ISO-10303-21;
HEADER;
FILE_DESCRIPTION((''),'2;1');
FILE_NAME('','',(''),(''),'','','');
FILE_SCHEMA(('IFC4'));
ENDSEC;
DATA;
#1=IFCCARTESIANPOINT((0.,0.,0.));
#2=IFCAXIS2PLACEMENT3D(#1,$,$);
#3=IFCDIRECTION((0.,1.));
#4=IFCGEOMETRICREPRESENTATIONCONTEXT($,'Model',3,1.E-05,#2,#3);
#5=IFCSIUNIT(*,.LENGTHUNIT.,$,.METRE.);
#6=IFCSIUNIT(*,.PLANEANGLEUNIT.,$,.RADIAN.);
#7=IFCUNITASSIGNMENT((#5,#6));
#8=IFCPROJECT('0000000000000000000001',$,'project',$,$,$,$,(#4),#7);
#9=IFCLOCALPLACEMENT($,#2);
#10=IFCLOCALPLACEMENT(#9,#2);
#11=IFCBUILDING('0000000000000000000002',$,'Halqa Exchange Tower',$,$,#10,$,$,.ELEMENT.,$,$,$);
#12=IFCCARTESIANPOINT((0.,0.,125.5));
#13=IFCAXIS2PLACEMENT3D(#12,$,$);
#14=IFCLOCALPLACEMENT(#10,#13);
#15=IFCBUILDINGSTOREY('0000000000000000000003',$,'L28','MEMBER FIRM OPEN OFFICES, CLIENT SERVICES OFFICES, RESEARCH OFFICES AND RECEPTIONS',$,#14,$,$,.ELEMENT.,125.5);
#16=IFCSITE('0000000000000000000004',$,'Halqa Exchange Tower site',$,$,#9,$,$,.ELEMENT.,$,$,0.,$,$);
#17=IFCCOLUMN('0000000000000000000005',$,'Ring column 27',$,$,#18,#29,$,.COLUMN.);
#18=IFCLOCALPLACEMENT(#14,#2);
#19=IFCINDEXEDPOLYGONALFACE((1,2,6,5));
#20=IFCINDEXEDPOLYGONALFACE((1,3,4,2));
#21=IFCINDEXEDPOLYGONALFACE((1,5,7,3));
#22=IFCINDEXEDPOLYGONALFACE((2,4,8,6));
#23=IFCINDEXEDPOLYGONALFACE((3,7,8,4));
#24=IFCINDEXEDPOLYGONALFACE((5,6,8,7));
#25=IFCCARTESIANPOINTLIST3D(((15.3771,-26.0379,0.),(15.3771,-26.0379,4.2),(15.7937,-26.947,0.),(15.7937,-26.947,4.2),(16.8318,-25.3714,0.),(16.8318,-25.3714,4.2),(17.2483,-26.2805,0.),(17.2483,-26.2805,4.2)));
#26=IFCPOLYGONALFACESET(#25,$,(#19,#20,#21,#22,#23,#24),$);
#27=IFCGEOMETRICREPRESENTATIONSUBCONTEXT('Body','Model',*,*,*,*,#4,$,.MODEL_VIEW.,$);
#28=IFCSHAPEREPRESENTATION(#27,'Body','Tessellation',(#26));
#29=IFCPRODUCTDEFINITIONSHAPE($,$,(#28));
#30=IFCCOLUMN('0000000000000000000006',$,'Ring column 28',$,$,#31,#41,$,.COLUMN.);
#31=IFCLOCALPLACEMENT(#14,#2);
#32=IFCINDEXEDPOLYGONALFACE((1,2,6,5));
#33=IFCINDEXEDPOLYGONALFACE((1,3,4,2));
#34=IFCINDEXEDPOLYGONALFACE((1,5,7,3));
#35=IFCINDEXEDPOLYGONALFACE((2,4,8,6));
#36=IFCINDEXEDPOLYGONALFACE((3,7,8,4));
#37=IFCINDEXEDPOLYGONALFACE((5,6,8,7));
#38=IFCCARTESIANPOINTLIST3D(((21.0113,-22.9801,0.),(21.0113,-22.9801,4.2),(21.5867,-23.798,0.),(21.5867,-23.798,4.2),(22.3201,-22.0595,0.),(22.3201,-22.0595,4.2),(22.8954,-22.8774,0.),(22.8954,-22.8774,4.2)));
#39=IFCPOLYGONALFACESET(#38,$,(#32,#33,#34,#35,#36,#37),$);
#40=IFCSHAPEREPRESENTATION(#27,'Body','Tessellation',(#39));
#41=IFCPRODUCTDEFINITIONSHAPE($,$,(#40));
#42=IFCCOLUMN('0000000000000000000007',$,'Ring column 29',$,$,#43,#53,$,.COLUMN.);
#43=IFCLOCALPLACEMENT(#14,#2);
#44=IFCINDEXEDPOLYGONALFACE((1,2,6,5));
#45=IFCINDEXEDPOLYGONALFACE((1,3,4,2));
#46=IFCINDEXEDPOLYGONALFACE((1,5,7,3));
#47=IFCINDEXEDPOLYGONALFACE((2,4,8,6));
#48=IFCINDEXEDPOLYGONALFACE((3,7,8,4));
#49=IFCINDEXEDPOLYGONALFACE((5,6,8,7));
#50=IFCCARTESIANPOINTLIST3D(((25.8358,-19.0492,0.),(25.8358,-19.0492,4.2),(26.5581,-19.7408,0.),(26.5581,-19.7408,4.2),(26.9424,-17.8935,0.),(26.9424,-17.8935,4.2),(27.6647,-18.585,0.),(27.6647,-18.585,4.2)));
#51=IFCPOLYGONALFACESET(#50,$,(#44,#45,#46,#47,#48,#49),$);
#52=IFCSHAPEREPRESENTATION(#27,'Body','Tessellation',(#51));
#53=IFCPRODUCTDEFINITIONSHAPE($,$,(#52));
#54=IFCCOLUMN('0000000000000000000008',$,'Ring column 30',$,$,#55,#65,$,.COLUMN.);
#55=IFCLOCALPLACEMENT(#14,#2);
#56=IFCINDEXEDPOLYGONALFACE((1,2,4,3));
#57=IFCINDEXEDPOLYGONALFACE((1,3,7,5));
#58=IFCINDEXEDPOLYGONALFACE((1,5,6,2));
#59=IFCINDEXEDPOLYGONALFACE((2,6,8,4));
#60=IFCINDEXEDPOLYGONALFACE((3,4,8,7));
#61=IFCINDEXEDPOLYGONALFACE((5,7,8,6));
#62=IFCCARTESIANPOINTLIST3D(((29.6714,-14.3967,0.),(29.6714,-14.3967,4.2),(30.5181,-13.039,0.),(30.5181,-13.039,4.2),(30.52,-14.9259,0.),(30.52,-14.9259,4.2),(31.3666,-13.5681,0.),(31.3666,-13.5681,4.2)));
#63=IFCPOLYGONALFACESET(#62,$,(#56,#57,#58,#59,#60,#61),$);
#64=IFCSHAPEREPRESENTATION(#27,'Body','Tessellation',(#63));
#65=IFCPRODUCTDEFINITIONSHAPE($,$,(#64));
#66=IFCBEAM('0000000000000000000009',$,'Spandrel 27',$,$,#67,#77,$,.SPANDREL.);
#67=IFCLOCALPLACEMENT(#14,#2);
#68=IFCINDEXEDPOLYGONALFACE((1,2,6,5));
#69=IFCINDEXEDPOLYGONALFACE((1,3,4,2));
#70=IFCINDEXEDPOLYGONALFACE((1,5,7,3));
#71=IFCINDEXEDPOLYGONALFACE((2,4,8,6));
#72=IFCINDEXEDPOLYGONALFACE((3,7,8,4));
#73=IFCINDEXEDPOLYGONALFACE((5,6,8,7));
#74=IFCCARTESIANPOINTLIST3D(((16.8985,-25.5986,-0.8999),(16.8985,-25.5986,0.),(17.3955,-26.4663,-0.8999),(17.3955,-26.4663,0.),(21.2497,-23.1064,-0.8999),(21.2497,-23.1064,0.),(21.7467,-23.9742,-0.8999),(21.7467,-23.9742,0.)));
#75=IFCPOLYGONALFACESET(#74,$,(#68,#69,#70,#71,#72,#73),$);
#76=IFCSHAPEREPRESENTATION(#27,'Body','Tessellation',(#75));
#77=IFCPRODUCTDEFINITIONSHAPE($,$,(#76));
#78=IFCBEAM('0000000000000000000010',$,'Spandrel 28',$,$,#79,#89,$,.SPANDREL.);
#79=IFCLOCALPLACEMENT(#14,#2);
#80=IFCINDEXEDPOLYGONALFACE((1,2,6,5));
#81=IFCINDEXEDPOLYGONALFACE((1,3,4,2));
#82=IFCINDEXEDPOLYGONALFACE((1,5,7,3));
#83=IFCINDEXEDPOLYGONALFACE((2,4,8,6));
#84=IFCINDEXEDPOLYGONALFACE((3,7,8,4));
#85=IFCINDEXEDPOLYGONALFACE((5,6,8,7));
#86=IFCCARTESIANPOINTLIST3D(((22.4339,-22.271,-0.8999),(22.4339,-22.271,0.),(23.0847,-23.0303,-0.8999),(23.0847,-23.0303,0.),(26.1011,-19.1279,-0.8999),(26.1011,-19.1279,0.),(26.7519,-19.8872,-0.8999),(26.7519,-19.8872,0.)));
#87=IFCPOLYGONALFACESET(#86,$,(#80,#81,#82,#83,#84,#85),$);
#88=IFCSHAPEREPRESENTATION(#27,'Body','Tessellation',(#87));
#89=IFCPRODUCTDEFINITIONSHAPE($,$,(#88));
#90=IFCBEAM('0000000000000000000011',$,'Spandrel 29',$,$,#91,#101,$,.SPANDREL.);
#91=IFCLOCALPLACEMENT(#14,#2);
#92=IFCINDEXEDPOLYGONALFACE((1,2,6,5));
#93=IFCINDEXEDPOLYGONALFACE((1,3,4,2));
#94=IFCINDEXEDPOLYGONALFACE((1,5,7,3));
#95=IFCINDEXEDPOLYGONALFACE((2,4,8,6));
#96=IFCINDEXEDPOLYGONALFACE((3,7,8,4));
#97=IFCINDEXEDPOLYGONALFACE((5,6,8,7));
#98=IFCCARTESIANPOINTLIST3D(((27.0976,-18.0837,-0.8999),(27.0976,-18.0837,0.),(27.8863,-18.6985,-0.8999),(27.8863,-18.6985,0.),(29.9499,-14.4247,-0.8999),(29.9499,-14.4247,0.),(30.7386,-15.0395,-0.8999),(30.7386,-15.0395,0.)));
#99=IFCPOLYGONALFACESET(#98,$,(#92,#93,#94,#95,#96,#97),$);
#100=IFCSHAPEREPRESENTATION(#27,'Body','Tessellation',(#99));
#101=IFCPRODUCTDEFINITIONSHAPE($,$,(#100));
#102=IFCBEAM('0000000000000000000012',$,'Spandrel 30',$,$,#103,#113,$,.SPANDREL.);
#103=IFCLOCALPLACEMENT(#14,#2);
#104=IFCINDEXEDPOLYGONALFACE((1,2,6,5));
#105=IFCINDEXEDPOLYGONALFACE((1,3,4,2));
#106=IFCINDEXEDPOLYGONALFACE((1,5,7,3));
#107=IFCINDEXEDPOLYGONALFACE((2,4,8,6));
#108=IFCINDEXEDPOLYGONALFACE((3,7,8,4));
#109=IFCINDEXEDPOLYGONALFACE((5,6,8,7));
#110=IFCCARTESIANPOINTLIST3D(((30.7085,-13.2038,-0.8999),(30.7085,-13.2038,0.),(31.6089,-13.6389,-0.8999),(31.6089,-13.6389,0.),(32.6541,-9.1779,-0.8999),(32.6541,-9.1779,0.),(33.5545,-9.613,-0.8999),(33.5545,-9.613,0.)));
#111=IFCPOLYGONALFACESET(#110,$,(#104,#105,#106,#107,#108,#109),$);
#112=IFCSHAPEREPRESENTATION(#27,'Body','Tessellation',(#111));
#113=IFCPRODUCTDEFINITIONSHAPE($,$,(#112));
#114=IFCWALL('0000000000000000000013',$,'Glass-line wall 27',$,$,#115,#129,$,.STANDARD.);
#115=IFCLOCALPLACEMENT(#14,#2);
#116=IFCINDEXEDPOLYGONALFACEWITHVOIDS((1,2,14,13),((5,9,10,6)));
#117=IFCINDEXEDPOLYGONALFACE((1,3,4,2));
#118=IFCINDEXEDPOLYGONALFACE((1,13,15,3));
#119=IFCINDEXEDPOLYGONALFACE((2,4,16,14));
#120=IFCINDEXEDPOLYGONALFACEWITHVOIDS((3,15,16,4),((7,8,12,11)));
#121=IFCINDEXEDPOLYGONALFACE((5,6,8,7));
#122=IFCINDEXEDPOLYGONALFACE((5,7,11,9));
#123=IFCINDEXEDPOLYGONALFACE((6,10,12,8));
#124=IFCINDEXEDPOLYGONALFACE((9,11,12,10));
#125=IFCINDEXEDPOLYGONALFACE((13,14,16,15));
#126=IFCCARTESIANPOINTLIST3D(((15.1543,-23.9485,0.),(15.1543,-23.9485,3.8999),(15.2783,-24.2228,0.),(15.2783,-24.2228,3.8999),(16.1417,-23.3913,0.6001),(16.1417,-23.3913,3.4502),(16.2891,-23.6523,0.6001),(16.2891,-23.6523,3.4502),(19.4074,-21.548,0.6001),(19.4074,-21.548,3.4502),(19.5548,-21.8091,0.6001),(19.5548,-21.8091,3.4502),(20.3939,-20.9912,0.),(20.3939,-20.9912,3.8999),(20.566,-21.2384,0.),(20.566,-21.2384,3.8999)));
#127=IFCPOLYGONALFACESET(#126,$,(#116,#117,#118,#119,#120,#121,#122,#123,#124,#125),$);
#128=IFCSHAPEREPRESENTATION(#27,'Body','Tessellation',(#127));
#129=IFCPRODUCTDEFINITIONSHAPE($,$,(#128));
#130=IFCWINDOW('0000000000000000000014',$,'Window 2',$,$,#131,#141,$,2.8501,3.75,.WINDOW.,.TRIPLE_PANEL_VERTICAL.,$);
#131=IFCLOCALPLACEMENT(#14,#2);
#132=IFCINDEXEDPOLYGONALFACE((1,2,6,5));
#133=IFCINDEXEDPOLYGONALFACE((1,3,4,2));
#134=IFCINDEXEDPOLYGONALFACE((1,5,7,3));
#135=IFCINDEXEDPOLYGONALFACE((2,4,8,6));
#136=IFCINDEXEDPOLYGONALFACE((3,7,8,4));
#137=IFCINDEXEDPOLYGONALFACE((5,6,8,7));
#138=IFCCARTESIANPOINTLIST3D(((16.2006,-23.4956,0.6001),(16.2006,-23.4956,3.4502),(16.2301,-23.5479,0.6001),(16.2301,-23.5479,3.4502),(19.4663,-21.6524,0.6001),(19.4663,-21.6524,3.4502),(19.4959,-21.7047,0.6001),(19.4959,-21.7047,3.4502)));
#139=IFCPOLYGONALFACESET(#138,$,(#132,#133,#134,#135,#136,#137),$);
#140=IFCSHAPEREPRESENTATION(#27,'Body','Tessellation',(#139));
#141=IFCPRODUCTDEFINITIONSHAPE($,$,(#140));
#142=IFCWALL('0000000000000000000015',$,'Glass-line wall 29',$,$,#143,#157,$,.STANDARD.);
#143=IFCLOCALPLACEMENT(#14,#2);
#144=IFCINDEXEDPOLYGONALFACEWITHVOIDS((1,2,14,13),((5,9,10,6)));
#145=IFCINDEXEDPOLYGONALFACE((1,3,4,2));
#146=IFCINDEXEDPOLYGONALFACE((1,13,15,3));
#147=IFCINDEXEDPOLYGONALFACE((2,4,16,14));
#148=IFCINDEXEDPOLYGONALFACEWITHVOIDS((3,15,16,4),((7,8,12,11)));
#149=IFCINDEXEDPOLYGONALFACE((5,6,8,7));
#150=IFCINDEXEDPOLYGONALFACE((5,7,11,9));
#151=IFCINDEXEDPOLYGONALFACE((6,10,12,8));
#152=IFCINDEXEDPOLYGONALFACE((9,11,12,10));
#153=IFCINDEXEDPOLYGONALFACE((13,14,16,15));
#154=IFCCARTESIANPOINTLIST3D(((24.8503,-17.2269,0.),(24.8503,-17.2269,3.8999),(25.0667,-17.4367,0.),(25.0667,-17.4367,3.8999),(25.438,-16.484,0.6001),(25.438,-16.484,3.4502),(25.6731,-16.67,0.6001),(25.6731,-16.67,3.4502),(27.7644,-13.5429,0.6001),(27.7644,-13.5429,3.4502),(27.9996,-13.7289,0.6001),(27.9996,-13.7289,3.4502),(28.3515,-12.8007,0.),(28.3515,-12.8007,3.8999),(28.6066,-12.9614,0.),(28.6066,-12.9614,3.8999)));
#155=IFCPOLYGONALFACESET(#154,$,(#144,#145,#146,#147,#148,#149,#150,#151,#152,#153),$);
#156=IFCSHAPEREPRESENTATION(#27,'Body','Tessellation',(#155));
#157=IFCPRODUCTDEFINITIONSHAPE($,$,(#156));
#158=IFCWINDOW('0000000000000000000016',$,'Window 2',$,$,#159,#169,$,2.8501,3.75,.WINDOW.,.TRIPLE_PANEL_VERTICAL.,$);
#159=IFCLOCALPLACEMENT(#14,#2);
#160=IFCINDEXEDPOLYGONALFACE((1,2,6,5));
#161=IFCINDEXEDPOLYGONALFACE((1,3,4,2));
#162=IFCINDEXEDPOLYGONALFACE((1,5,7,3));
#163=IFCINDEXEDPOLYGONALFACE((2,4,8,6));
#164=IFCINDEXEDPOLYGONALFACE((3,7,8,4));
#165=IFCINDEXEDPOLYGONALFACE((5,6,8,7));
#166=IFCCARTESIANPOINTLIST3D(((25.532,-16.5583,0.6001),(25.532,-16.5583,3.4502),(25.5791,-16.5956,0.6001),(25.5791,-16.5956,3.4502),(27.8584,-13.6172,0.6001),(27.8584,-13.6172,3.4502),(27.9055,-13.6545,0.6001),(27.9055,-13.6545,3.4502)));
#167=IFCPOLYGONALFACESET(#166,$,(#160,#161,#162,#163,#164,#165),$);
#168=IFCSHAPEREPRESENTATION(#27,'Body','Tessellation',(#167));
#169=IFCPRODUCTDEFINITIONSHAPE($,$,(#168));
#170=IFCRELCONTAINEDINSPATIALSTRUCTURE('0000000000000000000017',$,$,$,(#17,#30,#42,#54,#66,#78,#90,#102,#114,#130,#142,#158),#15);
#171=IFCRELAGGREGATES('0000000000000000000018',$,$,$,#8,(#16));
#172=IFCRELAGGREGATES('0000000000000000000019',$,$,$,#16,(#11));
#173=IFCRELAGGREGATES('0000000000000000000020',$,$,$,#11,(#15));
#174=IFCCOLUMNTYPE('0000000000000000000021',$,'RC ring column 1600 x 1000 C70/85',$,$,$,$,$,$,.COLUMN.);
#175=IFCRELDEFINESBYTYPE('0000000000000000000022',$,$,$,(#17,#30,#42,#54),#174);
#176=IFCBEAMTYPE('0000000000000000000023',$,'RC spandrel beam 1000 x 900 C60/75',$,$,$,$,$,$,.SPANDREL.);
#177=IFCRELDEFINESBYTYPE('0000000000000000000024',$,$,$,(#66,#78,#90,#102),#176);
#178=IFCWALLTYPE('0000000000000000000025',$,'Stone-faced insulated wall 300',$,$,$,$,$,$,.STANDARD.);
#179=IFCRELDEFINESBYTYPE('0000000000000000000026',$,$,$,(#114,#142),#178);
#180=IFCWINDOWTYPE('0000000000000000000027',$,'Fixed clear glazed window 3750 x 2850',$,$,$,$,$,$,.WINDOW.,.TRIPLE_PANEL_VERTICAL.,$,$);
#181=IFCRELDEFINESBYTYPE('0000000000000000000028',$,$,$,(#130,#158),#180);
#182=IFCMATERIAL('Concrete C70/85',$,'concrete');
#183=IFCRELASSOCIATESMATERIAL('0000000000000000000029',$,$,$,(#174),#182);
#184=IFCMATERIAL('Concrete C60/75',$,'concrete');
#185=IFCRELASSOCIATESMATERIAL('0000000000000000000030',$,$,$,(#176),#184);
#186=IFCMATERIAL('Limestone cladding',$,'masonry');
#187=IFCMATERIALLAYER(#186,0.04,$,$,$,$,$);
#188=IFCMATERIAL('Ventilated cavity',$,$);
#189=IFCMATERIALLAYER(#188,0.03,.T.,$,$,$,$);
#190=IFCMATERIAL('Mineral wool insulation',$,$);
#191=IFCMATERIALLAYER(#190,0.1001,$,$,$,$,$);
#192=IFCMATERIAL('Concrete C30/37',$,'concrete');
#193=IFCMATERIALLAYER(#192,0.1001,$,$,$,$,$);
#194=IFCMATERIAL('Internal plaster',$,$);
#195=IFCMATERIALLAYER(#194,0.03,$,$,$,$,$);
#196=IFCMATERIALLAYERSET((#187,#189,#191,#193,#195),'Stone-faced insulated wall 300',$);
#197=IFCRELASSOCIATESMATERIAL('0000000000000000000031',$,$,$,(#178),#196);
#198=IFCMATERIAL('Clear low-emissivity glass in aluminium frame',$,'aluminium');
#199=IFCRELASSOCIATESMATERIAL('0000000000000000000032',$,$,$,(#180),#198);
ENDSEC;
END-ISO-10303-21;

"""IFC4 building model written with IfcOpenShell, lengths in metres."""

from ifc_helpers import new_model, si_unit, direction, frame, frame_2d, origin, origin_2d, place, context, subcontext, project, spatial, polyline, rectangle, outline, extrude, material, layer, layer_set, material_profile, profile_set, type_object, element, fill, save


model = new_model("IFC4")

# Units and contexts
model_context = context("Model", 3, precision=1e-05, world=origin(), true_north=direction((0.0, 1.0)))
body_context = subcontext(model_context, "Body", "Model", "MODEL_VIEW")
ifc_project = project(units=[si_unit("LENGTHUNIT", "METRE"), si_unit("PLANEANGLEUNIT", "RADIAN")], contexts=[model_context])

# Site, building, storey
site_placement = place(None, origin())
site = spatial("IfcSite", under=ifc_project, at=site_placement, Name="Halqa Exchange Tower site", CompositionType="ELEMENT", RefElevation=0.0)
building_placement = place(site_placement, origin())
building = spatial("IfcBuilding", under=site, at=building_placement, Name="Halqa Exchange Tower", CompositionType="ELEMENT")
storey_placement = place(building_placement, frame((0.0, 0.0, 125.5)))
storey = spatial("IfcBuildingStorey", under=building, at=storey_placement, Name="L28", Description="MEMBER FIRM OPEN OFFICES, CLIENT SERVICES OFFICES, RESEARCH OFFICES AND RECEPTIONS", CompositionType="ELEMENT", Elevation=125.5)

# Columns
ifc_material_1 = material(Name="Concrete C70/85", Category="concrete")
ifc_material_profile_1 = material_profile(ifc_material_1, rectangle(XDim=1.6001, YDim=1.0, at=origin_2d()), Name="1600 x 1000")
ifc_profile_set_1 = profile_set([ifc_material_profile_1], Name="Concrete C70/85")
column_type = type_object("IfcColumnType", Name="RC ring column 1600 x 1000 C70/85", PredefinedType="COLUMN", material=ifc_profile_set_1)
for number, where, z_axis, x_axis, name in (
    (1, (16.3127, -26.1592, 0.0), (0.0, 0.0, 1.0), (0.909126, 0.41652, 0.0), "Ring column 27"),
    (2, (21.9534, -22.9287, 0.0), (0.0, 0.0, 1.0), (0.81791, 0.575346, 0.0), "Ring column 28"),
    (3, (26.7502, -18.8171, 0.0), (0.0, 0.0, 1.0), (0.691571, 0.722308, 0.0), "Ring column 29"),
    (4, (30.519, -13.9824, 0.0), (0.0, 0.0, 1.0), (0.529138, 0.848536, 0.0), "Ring column 30"),
):
    element("IfcColumn", number, at=place(storey_placement, frame(where, z_axis=z_axis, x_axis=x_axis)), inside=storey, type_object=column_type, Name=name, PredefinedType="COLUMN", context=body_context, shape_type="SweptSolid", body=[
        extrude(rectangle(XDim=1.6001, YDim=1.0, at=origin_2d()), origin(), (0.0, 0.0, 1.0), 4.2),
    ])

# Beams
ifc_material_2 = material(Name="Concrete C60/75", Category="concrete")
ifc_material_profile_2 = material_profile(ifc_material_2, rectangle(XDim=1.0, YDim=0.8999, at=origin_2d()), Name="1000 x 900")
ifc_profile_set_2 = profile_set([ifc_material_profile_2], Name="Concrete C60/75")
beam_type = type_object("IfcBeamType", Name="RC spandrel beam 1000 x 900 C60/75", PredefinedType="SPANDREL", material=ifc_profile_set_2)
beam_1_placement = place(storey_placement, frame((17.147, -26.0325, -0.45), z_axis=(0.867751, 0.496999, 0.0), x_axis=(-0.496999, 0.867751, 0.0)))
element("IfcBeam", 5, at=beam_1_placement, inside=storey, type_object=beam_type, Name="Spandrel 27", PredefinedType="SPANDREL", context=body_context, shape_type="SweptSolid", body=[
    extrude(rectangle(XDim=1.0, YDim=0.8999, at=origin_2d()), origin(), (0.0, 0.0, 1.0), 5.0144),
])
beam_2_placement = place(storey_placement, frame((22.7593, -22.6506, -0.45), z_axis=(0.759285, 0.650758, 0.0), x_axis=(-0.650758, 0.759285, 0.0)))
element("IfcBeam", 6, at=beam_2_placement, inside=storey, type_object=beam_type, Name="Spandrel 28", PredefinedType="SPANDREL", context=body_context, shape_type="SweptSolid", body=[
    extrude(rectangle(XDim=1.0, YDim=0.8999, at=origin_2d()), origin(), (0.0, 0.0, 1.0), 4.8298),
])
beam_3_placement = place(storey_placement, frame((27.4919, -18.3911, -0.45), z_axis=(0.614807, 0.788677, 0.0), x_axis=(-0.788677, 0.614807, 0.0)))
element("IfcBeam", 7, at=beam_3_placement, inside=storey, type_object=beam_type, Name="Spandrel 29", PredefinedType="SPANDREL", context=body_context, shape_type="SweptSolid", body=[
    extrude(rectangle(XDim=1.0, YDim=0.8999, at=origin_2d()), origin(), (0.0, 0.0, 1.0), 4.6394),
])
beam_4_placement = place(storey_placement, frame((31.1587, -13.4214, -0.45), z_axis=(0.435117, 0.900374, 0.0), x_axis=(-0.900374, 0.435117, 0.0)))
element("IfcBeam", 8, at=beam_4_placement, inside=storey, type_object=beam_type, Name="Spandrel 30", PredefinedType="SPANDREL", context=body_context, shape_type="SweptSolid", body=[
    extrude(rectangle(XDim=1.0, YDim=0.8999, at=origin_2d()), origin(), (0.0, 0.0, 1.0), 4.4714),
])

# Wall, opening, window
ifc_material_3 = material(Name="Limestone cladding", Category="masonry")
ifc_layer_1 = layer(ifc_material_3, 0.04)
ifc_material_4 = material(Name="Ventilated cavity")
ifc_layer_2 = layer(ifc_material_4, 0.03, ventilated=True)
ifc_material_5 = material(Name="Mineral wool insulation")
ifc_layer_3 = layer(ifc_material_5, 0.1001)
ifc_material_6 = material(Name="Concrete C30/37", Category="concrete")
ifc_layer_4 = layer(ifc_material_6, 0.1001)
ifc_material_7 = material(Name="Internal plaster")
ifc_layer_5 = layer(ifc_material_7, 0.03)
ifc_layer_set_1 = layer_set([ifc_layer_1, ifc_layer_2, ifc_layer_3, ifc_layer_4, ifc_layer_5], Name="Stone-faced insulated wall 300")
wall_type_1 = type_object("IfcWallType", Name="Stone-faced insulated wall 300", PredefinedType="STANDARD", material=ifc_layer_set_1)
wall_1_placement = place(storey_placement, frame((15.2163, -24.0857, 0.0), z_axis=(0.0, 0.0, 1.0), x_axis=(0.870858, 0.491534, 0.0)))
wall_1 = element("IfcWall", 9, at=wall_1_placement, inside=storey, type_object=wall_type_1, Name="Glass-line wall 27", PredefinedType="STANDARD", context=body_context, shape_type="SweptSolid", body=[
    extrude(outline(polyline([(-0.0134, -0.1499), (6.0583, -0.1499), (6.03, 0.1499), (0.0134, 0.1499), (-0.0134, -0.1499)])), origin(), (0.0, 0.0, 1.0), 3.8999),
])
opening_1_placement = place(wall_1_placement, frame((1.1472, 0.0, 0.6001)))
opening_1 = element("IfcOpeningElement", 10, at=opening_1_placement, cuts=wall_1, PredefinedType="OPENING", context=body_context, shape_type="SweptSolid", body=[
    extrude(rectangle(XDim=3.75, YDim=2.8501, at=frame_2d((1.875, 1.425))), frame((0.0, 0.1621, 0.0), z_axis=(0.0, -1.0, 0.0), x_axis=(1.0, 0.0, 0.0)), (0.0, 0.0, 1.0), 0.324),
])
ifc_material_8 = material(Name="Clear low-emissivity glass in aluminium frame", Category="aluminium")
window_type = type_object("IfcWindowType", Name="Fixed clear glazed window 3750 x 2850", PartitioningType="TRIPLE_PANEL_VERTICAL", PredefinedType="WINDOW", material=ifc_material_8)
window_1_placement = place(opening_1_placement, origin())
window_1 = element("IfcWindow", 11, at=window_1_placement, inside=storey, type_object=window_type, Name="Window 2", OverallHeight=2.8501, OverallWidth=3.75, PartitioningType="TRIPLE_PANEL_VERTICAL", PredefinedType="WINDOW", context=body_context, shape_type="SweptSolid", body=[
    extrude(rectangle(XDim=3.75, YDim=2.8501, at=frame_2d((1.875, 1.425))), frame((0.0, 0.03, 0.0), z_axis=(0.0, -1.0, 0.0), x_axis=(1.0, 0.0, 0.0)), (0.0, 0.0, 1.0), 0.0601),
])
fill(opening_1, window_1)

# Wall, opening, window
wall_2_placement = place(storey_placement, frame((24.9585, -17.3318, 0.0), z_axis=(0.0, 0.0, 1.0), x_axis=(0.620383, 0.784299, 0.0)))
wall_2 = element("IfcWall", 12, at=wall_2_placement, inside=storey, type_object=wall_type_1, Name="Glass-line wall 29", PredefinedType="STANDARD", context=body_context, shape_type="SweptSolid", body=[
    extrude(outline(polyline([(-0.0151, -0.1499), (5.6909, -0.1499), (5.6587, 0.1499), (0.0151, 0.1499), (-0.0151, -0.1499)])), origin(), (0.0, 0.0, 1.0), 3.8999),
])
opening_2_placement = place(wall_2_placement, frame((0.9624, 0.0, 0.6001)))
opening_2 = element("IfcOpeningElement", 13, at=opening_2_placement, cuts=wall_2, PredefinedType="OPENING", context=body_context, shape_type="SweptSolid", body=[
    extrude(rectangle(XDim=3.75, YDim=2.8501, at=frame_2d((1.875, 1.425))), frame((0.0, 0.1621, 0.0), z_axis=(0.0, -1.0, 0.0), x_axis=(1.0, 0.0, 0.0)), (0.0, 0.0, 1.0), 0.324),
])
window_2_placement = place(opening_2_placement, origin())
window_2 = element("IfcWindow", 14, at=window_2_placement, inside=storey, type_object=window_type, Name="Window 2", OverallHeight=2.8501, OverallWidth=3.75, PartitioningType="TRIPLE_PANEL_VERTICAL", PredefinedType="WINDOW", context=body_context, shape_type="SweptSolid", body=[
    extrude(rectangle(XDim=3.75, YDim=2.8501, at=frame_2d((1.875, 1.425))), frame((0.0, 0.03, 0.0), z_axis=(0.0, -1.0, 0.0), x_axis=(1.0, 0.0, 0.0)), (0.0, 0.0, 1.0), 0.0601),
])
fill(opening_2, window_2)

save(model, "model.ifc")
